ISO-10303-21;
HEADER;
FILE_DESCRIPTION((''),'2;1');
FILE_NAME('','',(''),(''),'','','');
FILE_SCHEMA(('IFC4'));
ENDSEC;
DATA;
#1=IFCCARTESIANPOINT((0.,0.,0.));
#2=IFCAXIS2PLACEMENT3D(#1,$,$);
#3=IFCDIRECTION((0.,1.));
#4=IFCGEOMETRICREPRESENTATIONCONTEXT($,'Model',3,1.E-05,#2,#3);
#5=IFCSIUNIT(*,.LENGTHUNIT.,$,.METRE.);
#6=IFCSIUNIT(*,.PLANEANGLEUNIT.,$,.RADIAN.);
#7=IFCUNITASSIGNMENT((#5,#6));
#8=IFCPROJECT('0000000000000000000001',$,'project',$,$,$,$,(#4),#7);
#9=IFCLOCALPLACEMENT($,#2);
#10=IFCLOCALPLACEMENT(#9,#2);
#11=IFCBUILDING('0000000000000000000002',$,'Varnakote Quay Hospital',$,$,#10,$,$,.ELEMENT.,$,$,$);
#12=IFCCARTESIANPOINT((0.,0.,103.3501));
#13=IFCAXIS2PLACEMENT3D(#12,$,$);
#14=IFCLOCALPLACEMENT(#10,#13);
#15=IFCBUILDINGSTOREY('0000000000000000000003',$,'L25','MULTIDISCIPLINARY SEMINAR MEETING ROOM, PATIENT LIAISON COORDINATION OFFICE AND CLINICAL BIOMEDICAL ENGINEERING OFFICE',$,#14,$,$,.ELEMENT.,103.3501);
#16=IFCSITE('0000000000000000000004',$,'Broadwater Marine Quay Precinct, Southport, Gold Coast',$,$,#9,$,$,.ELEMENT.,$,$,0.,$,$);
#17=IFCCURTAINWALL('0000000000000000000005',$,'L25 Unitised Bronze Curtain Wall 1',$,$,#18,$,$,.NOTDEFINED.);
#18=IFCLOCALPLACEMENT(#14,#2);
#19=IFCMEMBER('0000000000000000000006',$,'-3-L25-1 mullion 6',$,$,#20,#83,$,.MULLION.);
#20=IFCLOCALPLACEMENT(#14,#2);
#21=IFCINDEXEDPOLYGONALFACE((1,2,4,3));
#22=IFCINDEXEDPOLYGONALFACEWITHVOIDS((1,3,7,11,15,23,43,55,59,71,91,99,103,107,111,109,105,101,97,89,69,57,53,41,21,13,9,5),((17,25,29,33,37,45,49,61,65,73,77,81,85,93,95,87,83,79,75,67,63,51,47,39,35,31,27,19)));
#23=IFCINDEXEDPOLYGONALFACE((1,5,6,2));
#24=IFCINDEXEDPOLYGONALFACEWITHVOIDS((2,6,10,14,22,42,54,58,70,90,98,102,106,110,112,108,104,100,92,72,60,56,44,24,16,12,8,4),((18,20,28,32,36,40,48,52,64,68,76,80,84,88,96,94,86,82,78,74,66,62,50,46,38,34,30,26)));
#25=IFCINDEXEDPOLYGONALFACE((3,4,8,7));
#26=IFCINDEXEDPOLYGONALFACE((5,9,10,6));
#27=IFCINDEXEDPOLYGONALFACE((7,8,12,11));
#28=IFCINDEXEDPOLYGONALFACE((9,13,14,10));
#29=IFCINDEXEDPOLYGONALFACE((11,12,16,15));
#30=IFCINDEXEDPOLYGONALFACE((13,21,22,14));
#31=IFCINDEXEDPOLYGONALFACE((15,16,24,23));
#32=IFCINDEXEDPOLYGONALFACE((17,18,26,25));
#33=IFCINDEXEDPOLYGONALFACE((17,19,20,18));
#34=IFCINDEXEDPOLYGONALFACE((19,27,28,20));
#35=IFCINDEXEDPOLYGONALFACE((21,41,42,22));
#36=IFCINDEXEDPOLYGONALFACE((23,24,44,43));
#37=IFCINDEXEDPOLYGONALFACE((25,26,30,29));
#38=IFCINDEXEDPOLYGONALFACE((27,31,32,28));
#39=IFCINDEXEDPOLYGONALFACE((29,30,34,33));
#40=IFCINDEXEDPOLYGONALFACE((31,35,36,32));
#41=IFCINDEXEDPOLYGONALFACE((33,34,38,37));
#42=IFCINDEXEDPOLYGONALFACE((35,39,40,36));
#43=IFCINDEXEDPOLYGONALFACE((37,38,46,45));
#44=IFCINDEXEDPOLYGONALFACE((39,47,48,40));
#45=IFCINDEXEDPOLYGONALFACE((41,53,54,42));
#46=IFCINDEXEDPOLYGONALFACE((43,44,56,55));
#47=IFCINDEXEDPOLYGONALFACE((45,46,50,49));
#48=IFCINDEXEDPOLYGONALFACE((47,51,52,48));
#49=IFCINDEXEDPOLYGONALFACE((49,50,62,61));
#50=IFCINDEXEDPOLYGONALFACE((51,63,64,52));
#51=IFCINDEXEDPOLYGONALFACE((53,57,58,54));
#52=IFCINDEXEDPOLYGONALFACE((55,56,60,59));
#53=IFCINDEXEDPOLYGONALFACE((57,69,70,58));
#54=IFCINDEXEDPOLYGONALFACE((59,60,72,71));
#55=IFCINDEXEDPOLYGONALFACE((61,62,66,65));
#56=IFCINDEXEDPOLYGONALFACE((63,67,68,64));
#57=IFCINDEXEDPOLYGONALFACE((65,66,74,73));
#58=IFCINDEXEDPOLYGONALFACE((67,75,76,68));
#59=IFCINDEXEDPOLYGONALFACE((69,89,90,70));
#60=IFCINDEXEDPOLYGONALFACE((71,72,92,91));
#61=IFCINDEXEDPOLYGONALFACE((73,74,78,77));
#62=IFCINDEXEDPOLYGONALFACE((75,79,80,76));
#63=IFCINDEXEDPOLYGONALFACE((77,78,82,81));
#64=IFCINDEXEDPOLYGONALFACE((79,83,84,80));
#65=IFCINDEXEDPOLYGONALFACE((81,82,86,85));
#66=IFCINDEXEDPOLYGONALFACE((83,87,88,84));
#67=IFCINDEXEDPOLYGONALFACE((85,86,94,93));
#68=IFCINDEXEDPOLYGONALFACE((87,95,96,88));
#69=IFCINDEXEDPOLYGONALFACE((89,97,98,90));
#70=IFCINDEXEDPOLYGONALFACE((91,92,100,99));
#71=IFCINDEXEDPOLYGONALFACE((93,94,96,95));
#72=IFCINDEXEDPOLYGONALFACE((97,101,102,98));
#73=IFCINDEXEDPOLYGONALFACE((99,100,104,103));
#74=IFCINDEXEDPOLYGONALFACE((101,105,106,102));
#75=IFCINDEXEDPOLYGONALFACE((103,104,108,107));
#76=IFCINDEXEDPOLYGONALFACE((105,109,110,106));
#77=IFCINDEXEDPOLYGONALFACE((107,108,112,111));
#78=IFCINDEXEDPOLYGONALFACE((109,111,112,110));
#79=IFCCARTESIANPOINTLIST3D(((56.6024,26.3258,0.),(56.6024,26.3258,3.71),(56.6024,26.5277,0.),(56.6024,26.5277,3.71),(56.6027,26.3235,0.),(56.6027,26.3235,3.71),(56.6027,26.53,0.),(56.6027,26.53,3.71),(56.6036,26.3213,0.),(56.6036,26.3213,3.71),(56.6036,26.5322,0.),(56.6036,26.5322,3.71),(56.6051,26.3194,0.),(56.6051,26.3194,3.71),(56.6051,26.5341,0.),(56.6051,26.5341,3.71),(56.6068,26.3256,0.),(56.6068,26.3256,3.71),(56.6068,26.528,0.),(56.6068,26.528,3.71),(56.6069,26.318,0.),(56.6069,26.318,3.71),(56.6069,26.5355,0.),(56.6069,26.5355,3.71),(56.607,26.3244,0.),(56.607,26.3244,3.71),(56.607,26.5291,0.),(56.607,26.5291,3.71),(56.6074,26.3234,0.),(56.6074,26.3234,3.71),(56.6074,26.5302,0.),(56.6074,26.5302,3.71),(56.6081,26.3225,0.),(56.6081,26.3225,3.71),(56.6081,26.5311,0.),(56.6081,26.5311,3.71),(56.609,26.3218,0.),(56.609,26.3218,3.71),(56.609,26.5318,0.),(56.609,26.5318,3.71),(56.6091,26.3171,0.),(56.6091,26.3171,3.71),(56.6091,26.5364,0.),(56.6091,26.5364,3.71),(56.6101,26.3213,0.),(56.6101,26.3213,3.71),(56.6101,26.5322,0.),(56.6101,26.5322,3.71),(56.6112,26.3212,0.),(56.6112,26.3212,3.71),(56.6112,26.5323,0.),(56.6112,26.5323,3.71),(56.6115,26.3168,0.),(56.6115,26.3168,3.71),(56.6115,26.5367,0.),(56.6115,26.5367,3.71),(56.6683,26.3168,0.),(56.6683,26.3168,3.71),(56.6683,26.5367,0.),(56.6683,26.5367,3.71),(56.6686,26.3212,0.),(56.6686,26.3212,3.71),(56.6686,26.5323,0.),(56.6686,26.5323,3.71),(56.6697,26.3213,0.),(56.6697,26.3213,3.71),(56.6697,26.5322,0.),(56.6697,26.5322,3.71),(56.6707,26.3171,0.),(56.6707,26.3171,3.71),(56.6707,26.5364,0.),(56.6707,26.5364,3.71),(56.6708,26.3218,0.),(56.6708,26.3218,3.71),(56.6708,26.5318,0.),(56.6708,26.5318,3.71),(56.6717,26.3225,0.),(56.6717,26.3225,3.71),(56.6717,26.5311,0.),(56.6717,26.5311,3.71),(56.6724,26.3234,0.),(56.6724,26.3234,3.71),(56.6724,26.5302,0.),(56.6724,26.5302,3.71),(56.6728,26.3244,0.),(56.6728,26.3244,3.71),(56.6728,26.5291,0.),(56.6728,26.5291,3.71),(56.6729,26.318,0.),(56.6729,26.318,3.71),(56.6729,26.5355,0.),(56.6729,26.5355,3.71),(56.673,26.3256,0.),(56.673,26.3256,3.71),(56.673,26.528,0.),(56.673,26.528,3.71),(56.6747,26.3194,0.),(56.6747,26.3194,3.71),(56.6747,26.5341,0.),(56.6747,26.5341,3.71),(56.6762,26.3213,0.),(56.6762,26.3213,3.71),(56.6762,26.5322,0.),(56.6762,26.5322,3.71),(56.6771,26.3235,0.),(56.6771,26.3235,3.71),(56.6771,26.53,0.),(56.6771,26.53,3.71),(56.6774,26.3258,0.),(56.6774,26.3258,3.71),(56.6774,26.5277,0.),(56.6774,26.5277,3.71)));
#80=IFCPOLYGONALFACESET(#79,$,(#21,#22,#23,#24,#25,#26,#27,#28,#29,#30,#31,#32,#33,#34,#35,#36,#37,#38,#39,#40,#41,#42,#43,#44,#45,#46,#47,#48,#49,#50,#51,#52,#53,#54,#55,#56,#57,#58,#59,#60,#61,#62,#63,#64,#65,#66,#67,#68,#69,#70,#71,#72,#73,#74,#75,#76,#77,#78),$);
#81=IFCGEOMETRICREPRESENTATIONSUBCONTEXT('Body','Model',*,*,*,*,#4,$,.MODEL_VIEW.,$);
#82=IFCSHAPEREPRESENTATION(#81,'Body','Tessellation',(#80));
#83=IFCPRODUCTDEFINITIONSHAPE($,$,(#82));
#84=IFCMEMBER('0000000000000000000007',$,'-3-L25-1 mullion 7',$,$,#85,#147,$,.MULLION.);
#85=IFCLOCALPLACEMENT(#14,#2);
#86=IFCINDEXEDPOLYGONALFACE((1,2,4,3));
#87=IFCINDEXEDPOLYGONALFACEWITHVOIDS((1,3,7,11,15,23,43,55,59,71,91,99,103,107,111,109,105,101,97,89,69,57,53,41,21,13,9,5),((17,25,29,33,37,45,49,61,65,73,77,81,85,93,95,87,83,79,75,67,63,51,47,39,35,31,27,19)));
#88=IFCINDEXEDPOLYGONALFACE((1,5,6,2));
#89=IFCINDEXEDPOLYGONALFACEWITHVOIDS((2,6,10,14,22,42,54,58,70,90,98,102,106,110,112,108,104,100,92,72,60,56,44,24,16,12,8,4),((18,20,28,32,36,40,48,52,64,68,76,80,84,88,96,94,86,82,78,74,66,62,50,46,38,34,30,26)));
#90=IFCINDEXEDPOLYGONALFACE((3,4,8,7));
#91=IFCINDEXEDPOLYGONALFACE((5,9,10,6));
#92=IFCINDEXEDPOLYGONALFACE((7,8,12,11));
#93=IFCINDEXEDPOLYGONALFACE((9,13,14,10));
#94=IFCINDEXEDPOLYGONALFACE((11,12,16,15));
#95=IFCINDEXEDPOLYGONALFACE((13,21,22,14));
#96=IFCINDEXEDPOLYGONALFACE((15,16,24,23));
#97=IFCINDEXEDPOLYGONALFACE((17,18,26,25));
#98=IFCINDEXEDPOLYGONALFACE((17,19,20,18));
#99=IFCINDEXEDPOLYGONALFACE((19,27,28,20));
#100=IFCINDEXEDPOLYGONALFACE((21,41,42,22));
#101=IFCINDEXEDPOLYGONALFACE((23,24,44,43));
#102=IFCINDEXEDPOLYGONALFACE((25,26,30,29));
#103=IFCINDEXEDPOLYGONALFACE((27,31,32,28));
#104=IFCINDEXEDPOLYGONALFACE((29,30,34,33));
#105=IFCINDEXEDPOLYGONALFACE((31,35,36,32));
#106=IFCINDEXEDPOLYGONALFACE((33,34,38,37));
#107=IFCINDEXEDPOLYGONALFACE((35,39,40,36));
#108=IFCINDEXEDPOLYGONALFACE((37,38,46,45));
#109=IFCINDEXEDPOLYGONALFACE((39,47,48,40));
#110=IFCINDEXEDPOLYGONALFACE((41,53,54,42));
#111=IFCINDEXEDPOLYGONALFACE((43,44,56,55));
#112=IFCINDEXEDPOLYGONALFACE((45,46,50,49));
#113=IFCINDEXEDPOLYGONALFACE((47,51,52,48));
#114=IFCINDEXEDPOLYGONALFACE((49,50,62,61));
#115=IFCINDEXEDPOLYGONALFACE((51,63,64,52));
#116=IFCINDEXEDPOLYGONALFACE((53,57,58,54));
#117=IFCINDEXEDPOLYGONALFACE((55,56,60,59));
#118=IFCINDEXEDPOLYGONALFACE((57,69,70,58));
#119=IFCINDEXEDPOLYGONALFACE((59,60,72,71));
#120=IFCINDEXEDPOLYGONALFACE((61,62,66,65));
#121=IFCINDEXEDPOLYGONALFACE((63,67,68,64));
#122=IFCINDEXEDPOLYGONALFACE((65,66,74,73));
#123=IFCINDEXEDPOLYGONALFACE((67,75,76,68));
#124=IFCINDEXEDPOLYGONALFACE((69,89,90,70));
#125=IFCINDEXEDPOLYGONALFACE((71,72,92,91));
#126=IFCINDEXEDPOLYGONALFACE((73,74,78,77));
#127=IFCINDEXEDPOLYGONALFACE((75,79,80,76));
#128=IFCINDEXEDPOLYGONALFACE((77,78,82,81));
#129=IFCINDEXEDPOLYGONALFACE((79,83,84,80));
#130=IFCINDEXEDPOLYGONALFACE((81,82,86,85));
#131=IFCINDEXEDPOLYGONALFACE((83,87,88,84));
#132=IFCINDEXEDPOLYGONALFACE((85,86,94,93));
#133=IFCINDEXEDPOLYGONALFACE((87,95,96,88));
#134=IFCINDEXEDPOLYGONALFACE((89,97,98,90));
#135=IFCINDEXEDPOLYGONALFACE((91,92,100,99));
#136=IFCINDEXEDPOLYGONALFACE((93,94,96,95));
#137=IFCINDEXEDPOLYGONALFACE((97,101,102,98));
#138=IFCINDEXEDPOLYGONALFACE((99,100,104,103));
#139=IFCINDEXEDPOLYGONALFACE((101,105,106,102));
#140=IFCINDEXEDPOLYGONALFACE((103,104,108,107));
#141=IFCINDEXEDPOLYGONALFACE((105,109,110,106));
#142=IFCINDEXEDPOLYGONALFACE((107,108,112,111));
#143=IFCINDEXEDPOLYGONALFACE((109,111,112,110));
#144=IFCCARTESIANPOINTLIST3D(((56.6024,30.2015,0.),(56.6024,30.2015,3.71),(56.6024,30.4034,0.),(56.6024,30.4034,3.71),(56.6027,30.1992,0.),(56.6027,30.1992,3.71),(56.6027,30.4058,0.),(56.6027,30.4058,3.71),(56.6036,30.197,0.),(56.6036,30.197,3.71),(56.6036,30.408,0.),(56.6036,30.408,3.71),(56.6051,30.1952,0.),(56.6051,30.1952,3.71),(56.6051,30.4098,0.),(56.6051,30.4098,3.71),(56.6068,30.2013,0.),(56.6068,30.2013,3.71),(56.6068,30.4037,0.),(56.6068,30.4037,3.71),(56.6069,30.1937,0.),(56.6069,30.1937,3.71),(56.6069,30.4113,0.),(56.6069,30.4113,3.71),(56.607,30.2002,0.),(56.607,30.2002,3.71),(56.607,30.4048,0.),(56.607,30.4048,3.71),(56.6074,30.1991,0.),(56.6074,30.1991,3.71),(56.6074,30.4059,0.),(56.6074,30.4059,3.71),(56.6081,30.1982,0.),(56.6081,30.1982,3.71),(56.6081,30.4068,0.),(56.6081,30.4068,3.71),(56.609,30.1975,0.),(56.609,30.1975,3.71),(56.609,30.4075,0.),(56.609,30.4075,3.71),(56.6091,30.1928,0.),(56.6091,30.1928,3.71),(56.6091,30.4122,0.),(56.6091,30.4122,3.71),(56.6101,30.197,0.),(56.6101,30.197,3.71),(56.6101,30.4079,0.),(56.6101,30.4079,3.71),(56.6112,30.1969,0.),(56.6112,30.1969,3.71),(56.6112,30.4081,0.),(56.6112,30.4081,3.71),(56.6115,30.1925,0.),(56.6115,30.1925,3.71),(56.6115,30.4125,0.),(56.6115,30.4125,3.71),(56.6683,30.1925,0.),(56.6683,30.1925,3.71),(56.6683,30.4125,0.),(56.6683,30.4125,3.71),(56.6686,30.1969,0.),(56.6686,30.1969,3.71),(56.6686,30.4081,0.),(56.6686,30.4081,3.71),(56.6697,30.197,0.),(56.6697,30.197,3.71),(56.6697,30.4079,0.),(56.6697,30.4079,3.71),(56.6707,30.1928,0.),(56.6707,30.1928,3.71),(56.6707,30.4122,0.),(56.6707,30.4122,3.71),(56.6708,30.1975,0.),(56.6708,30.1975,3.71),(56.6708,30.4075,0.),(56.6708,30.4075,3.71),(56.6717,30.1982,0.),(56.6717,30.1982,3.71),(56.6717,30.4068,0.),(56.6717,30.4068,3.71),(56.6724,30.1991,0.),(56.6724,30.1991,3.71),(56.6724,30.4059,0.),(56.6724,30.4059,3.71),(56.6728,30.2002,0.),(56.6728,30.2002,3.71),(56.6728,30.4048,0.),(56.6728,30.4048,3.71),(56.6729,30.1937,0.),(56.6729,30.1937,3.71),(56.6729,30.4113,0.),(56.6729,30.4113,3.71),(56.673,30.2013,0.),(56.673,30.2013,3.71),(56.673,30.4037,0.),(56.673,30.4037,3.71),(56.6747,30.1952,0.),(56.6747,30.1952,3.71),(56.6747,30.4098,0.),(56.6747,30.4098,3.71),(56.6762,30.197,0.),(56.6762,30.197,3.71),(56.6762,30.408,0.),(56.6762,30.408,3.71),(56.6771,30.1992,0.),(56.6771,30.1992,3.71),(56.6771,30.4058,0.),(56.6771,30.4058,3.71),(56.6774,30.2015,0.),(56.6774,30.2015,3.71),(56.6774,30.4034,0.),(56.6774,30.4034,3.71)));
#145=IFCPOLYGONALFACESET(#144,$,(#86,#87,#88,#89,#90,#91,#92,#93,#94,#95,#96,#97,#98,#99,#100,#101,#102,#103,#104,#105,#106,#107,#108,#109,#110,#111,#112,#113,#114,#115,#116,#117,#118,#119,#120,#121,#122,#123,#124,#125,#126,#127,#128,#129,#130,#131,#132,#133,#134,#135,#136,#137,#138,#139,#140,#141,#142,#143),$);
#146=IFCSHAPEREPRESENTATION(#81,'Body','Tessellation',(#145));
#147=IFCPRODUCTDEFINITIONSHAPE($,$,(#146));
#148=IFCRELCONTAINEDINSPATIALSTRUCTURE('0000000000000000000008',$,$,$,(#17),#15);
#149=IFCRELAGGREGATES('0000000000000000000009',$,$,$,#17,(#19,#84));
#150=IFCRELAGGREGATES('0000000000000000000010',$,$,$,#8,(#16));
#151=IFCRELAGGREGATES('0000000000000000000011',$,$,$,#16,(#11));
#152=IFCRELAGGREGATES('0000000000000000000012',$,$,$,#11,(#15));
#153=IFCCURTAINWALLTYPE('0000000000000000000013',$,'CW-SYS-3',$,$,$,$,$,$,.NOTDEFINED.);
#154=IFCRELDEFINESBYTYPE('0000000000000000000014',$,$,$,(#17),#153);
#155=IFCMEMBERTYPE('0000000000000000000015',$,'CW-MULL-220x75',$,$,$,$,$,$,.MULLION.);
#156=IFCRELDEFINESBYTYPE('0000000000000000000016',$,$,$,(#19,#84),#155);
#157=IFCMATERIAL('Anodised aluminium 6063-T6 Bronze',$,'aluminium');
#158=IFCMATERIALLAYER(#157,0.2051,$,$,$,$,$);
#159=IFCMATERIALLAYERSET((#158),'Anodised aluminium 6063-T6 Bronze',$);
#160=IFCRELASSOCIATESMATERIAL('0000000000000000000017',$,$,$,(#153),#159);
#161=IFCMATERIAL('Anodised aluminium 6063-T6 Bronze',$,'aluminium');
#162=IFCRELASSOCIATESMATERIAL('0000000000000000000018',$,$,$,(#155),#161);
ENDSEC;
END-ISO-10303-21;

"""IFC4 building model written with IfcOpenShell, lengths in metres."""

from ifc_helpers import new_model, si_unit, direction, frame, origin, origin_2d, place, context, subcontext, project, spatial, hollow_rectangle, extrude, material, layer, layer_set, material_profile, profile_set, type_object, element, aggregate, save


model = new_model("IFC4")

# Units and contexts
model_context = context("Model", 3, precision=1e-05, world=origin(), true_north=direction((0.0, 1.0)))
body_context = subcontext(model_context, "Body", "Model", "MODEL_VIEW")
ifc_project = project(units=[si_unit("LENGTHUNIT", "METRE"), si_unit("PLANEANGLEUNIT", "RADIAN")], contexts=[model_context])

# Site, building, storey
site_placement = place(None, origin())
site = spatial("IfcSite", under=ifc_project, at=site_placement, Name="Broadwater Marine Quay Precinct, Southport, Gold Coast", CompositionType="ELEMENT", RefElevation=0.0)
building_placement = place(site_placement, origin())
building = spatial("IfcBuilding", under=site, at=building_placement, Name="Varnakote Quay Hospital", CompositionType="ELEMENT")
storey_placement = place(building_placement, frame((0.0, 0.0, 103.3501)))
storey = spatial("IfcBuildingStorey", under=building, at=storey_placement, Name="L25", Description="MULTIDISCIPLINARY SEMINAR MEETING ROOM, PATIENT LIAISON COORDINATION OFFICE AND CLINICAL BIOMEDICAL ENGINEERING OFFICE", CompositionType="ELEMENT", Elevation=103.3501)

# Curtain wall, members
ifc_material_1 = material(Name="Anodised aluminium 6063-T6 Bronze", Category="aluminium")
ifc_layer_1 = layer(ifc_material_1, 0.2051)
ifc_layer_set_1 = layer_set([ifc_layer_1], Name="Anodised aluminium 6063-T6 Bronze")
curtain_wall_type = type_object("IfcCurtainWallType", Name="CW-SYS-3", PredefinedType="NOTDEFINED", material=ifc_layer_set_1)
curtain_wall_1_placement = place(storey_placement, origin())
curtain_wall_1 = element("IfcCurtainWall", 1, at=curtain_wall_1_placement, inside=storey, type_object=curtain_wall_type, Name="L25 Unitised Bronze Curtain Wall 1", PredefinedType="NOTDEFINED")
ifc_material_2 = material(Name="Anodised aluminium 6063-T6 Bronze", Category="aluminium")
ifc_material_profile_1 = material_profile(ifc_material_2, hollow_rectangle(XDim=0.075, YDim=0.22, WallThickness=0.0044, InnerFilletRadius=0.0044, OuterFilletRadius=0.009, at=origin_2d()), Name="CW-MULL-220x75")
ifc_profile_set_1 = profile_set([ifc_material_profile_1], Name="Anodised aluminium 6063-T6 Bronze")
member_type_1 = type_object("IfcMemberType", Name="CW-MULL-220x75", PredefinedType="MULLION", material=ifc_profile_set_1)
member_1_placement = place(storey_placement, frame((56.6399, 26.4268, 0.0), z_axis=(0.0, 0.0, 1.0), x_axis=(-1.0, 0.0, 0.0)))
member_1 = element("IfcMember", 2, at=member_1_placement, type_object=member_type_1, Name="-3-L25-1 mullion 6", PredefinedType="MULLION", context=body_context, shape_type="SweptSolid", body=[
    extrude(hollow_rectangle(XDim=0.075, YDim=0.22, WallThickness=0.0044, InnerFilletRadius=0.0044, OuterFilletRadius=0.009, at=origin_2d()), origin(), (0.0, 0.0, 1.0), 3.71),
])
member_2_placement = place(storey_placement, frame((56.6399, 30.3025, 0.0), z_axis=(0.0, 0.0, 1.0), x_axis=(-1.0, 0.0, 0.0)))
member_2 = element("IfcMember", 3, at=member_2_placement, type_object=member_type_1, Name="-3-L25-1 mullion 7", PredefinedType="MULLION", context=body_context, shape_type="SweptSolid", body=[
    extrude(hollow_rectangle(XDim=0.075, YDim=0.22, WallThickness=0.0044, InnerFilletRadius=0.0044, OuterFilletRadius=0.009, at=origin_2d()), origin(), (0.0, 0.0, 1.0), 3.71),
])

aggregate(curtain_wall_1, [member_1, member_2])

save(model, "model.ifc")
